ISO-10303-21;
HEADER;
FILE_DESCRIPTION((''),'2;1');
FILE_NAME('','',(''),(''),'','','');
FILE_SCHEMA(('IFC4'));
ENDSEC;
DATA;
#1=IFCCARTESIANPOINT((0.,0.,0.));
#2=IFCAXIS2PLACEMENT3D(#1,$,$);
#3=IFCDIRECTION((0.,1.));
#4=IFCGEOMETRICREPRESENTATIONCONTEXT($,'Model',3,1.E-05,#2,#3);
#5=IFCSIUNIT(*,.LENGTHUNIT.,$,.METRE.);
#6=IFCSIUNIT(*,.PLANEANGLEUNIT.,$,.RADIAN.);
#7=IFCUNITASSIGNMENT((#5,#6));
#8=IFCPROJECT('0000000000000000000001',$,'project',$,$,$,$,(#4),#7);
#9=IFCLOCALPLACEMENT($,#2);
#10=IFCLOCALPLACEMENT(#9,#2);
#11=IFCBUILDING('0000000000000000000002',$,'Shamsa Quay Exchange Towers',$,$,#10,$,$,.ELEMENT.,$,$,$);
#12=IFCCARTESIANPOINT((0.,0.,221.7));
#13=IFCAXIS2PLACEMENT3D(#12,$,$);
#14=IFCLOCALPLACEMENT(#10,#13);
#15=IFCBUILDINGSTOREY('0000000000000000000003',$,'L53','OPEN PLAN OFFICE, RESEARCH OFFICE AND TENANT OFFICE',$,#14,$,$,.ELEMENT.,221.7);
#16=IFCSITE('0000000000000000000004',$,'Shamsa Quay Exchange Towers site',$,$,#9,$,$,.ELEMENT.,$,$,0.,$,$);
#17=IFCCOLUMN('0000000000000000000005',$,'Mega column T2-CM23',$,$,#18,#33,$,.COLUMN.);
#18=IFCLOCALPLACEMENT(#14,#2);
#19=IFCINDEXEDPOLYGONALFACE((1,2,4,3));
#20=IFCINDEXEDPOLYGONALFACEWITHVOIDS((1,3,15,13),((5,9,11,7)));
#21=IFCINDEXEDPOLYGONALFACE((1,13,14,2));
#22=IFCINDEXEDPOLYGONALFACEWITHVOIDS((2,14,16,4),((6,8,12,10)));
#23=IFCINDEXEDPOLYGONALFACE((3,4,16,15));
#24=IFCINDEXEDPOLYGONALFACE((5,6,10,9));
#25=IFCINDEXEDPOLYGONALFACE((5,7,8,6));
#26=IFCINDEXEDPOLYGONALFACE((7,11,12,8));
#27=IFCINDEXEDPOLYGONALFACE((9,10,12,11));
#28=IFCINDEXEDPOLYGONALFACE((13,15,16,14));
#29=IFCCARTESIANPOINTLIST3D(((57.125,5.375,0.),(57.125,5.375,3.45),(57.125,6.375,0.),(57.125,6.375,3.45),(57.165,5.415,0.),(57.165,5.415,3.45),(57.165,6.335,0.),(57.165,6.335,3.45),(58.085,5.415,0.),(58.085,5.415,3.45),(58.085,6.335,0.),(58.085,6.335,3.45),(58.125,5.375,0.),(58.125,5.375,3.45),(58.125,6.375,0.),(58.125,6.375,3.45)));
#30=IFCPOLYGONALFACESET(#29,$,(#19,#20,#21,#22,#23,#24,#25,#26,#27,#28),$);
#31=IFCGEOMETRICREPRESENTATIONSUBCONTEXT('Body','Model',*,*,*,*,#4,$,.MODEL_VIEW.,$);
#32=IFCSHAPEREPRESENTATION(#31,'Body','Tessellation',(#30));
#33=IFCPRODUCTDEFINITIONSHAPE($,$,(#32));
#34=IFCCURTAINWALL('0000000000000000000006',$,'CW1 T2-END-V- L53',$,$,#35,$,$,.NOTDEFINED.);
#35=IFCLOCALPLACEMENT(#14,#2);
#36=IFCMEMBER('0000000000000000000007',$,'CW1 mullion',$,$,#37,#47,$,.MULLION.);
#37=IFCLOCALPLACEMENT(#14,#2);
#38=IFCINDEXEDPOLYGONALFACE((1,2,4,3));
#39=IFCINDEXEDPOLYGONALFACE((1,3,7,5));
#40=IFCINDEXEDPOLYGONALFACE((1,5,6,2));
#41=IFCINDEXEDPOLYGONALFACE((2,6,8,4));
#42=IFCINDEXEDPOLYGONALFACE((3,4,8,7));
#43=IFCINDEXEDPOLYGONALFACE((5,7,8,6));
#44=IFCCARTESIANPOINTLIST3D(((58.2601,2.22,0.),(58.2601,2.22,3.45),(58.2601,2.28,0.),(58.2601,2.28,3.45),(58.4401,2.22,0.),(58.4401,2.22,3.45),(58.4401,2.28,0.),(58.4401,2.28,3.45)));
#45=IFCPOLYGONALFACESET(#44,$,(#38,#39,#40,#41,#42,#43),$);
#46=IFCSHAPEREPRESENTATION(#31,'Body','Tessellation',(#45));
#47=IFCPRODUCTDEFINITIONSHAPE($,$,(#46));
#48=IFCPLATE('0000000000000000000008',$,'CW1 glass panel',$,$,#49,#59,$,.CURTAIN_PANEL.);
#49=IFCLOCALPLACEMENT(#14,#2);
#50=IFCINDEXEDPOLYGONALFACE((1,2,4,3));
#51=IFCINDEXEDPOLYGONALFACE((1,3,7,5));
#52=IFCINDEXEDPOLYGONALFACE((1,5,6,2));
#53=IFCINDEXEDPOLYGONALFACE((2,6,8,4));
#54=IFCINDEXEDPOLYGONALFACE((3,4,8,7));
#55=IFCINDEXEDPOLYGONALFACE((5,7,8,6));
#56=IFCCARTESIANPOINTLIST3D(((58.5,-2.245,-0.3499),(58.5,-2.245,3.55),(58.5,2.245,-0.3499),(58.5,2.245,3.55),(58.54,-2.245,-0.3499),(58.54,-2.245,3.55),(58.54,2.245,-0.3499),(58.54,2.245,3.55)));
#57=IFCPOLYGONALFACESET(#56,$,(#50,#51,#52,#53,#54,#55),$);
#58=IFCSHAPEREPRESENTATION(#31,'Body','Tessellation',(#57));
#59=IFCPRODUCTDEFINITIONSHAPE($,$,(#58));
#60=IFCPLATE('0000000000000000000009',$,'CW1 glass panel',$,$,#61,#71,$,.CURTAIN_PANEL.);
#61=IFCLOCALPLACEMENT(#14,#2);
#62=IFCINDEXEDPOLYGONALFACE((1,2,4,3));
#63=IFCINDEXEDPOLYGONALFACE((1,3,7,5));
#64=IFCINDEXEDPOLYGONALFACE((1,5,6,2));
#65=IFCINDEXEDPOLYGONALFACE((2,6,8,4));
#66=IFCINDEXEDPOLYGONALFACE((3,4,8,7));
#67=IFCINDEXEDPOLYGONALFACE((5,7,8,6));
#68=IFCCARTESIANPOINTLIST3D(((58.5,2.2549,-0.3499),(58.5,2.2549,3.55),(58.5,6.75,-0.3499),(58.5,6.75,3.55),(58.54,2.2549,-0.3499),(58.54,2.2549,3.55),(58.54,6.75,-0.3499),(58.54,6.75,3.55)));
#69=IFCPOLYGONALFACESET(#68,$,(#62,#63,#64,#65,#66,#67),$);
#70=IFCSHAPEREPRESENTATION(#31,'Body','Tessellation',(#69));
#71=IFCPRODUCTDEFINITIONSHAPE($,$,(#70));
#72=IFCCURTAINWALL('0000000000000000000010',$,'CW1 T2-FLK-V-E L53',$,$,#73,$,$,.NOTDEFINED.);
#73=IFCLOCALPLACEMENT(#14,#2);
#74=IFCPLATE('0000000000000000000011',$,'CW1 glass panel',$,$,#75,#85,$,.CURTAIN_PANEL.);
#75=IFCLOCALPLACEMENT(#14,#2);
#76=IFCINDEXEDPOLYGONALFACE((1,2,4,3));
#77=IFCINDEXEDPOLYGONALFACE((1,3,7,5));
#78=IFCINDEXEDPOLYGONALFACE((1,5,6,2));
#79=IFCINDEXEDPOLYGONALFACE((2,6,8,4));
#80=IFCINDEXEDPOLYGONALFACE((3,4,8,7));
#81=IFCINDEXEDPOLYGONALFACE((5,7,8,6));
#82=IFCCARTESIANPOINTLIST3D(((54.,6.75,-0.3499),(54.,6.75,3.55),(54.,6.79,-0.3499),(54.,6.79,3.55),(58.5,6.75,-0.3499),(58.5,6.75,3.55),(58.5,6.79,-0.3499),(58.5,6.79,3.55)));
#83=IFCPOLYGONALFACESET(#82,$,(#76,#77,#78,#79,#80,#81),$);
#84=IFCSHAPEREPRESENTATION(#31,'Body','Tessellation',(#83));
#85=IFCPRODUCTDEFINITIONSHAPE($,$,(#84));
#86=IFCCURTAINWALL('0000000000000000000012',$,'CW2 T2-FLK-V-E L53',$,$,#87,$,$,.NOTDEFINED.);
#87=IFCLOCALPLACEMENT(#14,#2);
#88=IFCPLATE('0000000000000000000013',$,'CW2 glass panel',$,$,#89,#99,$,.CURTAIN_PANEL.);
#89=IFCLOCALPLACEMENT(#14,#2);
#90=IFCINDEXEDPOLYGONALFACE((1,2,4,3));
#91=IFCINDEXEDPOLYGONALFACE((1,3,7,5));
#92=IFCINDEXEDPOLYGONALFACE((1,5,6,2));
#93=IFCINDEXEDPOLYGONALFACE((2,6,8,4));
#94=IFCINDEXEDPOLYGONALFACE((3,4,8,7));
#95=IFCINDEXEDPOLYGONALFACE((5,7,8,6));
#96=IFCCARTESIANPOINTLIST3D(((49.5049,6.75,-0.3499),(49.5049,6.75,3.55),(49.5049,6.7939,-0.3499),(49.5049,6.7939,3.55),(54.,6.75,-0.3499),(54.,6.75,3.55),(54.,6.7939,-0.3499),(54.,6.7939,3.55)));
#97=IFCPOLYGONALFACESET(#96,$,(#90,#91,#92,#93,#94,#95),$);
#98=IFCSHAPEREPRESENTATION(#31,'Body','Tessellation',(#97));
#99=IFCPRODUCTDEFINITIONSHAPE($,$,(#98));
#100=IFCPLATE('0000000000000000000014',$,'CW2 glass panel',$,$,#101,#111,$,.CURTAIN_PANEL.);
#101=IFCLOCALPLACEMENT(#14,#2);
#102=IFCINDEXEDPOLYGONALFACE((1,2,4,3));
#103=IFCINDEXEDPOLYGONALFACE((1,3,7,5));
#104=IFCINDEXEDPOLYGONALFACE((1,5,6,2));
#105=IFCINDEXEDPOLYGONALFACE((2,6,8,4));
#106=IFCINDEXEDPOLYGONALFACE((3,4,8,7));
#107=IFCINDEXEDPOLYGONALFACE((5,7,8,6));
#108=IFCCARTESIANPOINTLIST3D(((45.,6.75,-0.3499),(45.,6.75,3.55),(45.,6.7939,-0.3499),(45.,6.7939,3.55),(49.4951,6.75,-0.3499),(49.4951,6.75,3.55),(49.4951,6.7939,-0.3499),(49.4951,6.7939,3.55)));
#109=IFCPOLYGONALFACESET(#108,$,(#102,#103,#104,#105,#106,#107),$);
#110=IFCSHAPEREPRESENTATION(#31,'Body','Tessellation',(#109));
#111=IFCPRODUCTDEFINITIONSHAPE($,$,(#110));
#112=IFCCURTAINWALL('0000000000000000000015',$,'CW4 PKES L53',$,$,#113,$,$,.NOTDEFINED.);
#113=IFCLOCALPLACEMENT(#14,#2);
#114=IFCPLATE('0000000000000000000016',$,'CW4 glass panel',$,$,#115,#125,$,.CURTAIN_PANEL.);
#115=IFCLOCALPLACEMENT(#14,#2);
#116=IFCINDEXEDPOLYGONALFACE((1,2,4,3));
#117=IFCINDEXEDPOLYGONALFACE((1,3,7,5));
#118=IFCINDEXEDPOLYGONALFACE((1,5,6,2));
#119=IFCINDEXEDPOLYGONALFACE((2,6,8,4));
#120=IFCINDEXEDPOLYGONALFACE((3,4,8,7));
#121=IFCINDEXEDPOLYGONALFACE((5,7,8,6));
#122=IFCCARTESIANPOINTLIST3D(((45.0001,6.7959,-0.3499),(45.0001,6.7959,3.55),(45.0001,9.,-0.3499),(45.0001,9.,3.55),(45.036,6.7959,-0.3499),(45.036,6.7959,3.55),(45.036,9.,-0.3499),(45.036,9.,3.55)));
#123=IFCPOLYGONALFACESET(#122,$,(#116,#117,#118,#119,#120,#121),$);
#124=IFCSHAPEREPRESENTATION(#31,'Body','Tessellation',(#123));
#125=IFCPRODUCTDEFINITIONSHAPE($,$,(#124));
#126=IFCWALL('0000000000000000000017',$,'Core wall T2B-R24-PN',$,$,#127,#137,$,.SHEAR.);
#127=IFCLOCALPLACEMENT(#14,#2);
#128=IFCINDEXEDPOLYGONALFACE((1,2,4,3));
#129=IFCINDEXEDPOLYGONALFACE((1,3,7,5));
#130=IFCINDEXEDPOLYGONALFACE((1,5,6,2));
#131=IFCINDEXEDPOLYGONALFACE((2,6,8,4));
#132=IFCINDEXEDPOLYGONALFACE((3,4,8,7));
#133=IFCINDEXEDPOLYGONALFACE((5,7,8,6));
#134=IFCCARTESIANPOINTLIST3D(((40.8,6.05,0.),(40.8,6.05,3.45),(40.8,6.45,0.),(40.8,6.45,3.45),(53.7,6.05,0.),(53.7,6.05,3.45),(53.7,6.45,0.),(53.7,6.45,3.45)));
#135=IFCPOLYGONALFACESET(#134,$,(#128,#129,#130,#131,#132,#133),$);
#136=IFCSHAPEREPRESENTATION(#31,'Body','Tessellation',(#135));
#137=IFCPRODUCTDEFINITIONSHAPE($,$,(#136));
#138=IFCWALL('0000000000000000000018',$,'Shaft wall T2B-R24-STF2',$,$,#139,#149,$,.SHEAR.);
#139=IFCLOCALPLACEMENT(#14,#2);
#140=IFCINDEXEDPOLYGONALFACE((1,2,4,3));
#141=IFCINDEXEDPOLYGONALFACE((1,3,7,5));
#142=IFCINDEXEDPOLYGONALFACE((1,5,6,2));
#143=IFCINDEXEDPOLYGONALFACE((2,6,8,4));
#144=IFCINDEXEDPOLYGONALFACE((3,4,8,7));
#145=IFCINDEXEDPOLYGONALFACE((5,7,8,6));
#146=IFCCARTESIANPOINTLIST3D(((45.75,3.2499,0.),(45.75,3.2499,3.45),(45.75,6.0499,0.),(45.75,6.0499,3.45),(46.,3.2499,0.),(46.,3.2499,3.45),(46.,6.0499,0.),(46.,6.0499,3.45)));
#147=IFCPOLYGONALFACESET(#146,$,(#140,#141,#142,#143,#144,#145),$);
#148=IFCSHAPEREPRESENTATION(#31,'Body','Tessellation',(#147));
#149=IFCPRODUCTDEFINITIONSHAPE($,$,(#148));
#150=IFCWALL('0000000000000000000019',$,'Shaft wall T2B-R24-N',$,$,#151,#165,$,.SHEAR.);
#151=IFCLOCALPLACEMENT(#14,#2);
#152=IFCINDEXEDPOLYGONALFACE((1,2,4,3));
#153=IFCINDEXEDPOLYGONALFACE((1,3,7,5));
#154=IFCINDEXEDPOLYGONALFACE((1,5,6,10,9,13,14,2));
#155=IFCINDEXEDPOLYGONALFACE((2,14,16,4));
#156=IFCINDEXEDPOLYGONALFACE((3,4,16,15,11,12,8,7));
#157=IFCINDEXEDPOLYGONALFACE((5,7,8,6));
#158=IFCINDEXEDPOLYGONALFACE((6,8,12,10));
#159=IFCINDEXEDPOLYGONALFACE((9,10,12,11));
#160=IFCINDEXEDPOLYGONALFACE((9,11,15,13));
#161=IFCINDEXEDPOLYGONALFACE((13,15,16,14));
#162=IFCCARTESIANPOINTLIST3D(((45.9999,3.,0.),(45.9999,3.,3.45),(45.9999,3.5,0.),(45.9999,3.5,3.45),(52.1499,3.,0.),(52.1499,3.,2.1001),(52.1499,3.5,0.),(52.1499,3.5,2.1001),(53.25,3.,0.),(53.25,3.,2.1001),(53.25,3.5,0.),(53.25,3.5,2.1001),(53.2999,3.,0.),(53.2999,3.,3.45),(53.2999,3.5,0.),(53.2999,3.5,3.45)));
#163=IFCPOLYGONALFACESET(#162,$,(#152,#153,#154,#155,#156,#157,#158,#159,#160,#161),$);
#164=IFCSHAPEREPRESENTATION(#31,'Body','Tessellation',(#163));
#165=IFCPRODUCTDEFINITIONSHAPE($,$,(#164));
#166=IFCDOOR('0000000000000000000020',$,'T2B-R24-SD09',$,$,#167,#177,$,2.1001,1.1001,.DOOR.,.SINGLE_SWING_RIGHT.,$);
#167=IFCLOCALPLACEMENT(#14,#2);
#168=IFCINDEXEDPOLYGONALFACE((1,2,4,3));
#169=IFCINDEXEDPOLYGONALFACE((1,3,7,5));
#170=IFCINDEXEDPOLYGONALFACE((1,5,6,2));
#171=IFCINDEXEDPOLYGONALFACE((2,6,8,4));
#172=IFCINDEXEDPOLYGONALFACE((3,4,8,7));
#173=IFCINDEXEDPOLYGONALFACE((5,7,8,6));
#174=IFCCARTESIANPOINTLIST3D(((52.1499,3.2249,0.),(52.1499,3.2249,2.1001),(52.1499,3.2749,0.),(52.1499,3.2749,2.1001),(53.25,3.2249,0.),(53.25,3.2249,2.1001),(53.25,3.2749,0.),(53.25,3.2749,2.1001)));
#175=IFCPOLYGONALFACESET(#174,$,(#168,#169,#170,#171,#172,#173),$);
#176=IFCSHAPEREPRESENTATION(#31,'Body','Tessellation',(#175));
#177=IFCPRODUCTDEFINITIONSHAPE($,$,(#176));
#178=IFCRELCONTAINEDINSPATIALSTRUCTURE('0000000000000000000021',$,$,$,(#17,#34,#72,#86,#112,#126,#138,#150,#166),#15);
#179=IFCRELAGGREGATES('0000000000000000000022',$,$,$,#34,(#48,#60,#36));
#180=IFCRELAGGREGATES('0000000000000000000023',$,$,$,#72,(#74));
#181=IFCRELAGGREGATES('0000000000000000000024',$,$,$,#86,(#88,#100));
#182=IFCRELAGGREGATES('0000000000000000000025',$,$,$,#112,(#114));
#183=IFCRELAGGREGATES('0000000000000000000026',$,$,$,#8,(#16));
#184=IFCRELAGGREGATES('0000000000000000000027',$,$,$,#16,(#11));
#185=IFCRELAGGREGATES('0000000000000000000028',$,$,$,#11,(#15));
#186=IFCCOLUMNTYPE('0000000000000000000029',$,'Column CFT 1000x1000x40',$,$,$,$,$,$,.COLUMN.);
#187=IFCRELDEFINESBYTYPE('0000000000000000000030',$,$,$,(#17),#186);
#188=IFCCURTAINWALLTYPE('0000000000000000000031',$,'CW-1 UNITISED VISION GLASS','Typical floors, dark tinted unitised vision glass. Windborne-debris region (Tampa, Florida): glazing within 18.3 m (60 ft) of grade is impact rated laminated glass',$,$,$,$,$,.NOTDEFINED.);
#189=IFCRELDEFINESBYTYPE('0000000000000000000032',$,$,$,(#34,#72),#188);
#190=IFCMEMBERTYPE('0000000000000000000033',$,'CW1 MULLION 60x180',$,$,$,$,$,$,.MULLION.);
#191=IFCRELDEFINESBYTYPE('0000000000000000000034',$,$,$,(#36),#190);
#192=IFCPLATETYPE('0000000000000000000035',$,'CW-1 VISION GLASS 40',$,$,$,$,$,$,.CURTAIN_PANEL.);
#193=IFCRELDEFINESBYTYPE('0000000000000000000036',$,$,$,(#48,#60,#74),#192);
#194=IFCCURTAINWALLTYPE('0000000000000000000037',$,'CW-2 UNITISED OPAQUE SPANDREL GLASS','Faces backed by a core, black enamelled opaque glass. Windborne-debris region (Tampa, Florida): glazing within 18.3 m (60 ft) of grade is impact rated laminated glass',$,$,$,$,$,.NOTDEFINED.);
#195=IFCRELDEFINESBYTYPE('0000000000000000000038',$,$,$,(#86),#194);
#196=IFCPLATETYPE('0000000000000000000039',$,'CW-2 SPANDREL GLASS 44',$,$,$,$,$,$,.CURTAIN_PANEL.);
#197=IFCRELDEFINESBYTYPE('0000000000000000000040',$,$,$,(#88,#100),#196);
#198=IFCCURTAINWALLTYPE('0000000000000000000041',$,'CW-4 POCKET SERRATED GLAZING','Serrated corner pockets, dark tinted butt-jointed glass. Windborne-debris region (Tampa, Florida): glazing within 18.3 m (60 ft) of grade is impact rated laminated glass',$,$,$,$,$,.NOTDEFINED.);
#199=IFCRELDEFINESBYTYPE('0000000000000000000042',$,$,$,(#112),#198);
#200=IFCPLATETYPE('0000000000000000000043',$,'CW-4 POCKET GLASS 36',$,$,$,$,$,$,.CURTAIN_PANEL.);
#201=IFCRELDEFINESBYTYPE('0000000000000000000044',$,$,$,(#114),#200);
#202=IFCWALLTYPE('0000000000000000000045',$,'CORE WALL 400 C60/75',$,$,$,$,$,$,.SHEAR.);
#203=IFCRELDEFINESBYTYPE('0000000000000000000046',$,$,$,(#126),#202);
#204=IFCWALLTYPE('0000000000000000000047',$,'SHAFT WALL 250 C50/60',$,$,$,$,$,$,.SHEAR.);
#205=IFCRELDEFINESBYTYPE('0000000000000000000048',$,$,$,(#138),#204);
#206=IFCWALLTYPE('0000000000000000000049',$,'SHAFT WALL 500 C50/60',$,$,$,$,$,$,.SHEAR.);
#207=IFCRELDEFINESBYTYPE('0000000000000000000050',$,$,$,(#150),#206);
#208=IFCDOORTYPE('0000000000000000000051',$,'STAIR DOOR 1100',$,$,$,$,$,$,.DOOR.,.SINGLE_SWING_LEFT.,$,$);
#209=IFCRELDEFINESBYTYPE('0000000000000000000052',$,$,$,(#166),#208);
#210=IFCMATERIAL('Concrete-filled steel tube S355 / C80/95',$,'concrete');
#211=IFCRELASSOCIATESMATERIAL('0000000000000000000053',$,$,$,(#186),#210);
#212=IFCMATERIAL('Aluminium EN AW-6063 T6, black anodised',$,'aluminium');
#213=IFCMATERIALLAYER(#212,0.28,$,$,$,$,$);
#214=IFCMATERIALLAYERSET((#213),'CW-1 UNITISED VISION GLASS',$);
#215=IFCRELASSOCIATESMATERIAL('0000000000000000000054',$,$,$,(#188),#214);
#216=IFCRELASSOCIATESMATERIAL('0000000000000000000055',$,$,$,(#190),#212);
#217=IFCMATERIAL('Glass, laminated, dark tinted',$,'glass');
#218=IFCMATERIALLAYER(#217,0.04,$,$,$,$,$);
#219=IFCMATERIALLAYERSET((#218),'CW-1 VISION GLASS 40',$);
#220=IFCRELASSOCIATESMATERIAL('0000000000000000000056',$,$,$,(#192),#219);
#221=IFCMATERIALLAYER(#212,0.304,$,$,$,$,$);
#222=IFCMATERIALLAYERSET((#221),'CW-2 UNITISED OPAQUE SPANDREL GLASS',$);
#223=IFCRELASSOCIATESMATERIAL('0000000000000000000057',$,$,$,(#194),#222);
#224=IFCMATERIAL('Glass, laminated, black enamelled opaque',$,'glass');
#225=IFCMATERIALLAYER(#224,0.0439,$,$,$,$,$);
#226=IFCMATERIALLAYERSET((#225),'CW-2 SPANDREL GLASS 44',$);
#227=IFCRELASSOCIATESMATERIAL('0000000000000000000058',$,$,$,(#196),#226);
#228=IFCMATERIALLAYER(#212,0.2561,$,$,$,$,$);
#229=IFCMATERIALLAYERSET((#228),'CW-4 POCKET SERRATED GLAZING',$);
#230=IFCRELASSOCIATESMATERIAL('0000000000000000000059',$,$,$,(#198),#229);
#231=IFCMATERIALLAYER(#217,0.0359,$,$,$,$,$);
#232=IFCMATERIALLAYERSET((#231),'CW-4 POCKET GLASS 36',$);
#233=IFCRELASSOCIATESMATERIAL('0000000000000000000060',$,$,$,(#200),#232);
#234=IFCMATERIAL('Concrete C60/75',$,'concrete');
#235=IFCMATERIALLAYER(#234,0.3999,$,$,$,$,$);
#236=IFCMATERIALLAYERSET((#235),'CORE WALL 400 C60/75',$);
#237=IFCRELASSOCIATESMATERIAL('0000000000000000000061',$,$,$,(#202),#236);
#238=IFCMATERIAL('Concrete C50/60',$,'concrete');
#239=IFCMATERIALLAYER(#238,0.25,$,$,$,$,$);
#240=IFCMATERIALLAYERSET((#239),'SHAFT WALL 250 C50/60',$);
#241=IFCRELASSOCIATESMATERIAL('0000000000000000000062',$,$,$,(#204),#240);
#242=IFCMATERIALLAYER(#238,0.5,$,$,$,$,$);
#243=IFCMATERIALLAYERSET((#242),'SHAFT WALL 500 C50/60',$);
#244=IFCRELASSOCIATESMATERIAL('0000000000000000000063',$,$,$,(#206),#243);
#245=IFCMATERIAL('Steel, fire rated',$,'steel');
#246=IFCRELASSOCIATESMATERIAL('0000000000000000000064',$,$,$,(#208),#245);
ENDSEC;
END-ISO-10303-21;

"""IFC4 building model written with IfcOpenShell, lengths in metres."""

from ifc_helpers import new_model, si_unit, direction, frame, frame_2d, origin, origin_2d, place, context, subcontext, project, spatial, rectangle, hollow_rectangle, extrude, material, layer, layer_set, material_profile, profile_set, type_object, element, fill, aggregate, save


model = new_model("IFC4")

# Units and contexts
model_context = context("Model", 3, precision=1e-05, world=origin(), true_north=direction((0.0, 1.0)))
body_context = subcontext(model_context, "Body", "Model", "MODEL_VIEW")
ifc_project = project(units=[si_unit("LENGTHUNIT", "METRE"), si_unit("PLANEANGLEUNIT", "RADIAN")], contexts=[model_context])

# Site, building, storey
site_placement = place(None, origin())
site = spatial("IfcSite", under=ifc_project, at=site_placement, Name="Shamsa Quay Exchange Towers site", CompositionType="ELEMENT", RefElevation=0.0)
building_placement = place(site_placement, origin())
building = spatial("IfcBuilding", under=site, at=building_placement, Name="Shamsa Quay Exchange Towers", CompositionType="ELEMENT")
storey_placement = place(building_placement, frame((0.0, 0.0, 221.7)))
storey = spatial("IfcBuildingStorey", under=building, at=storey_placement, Name="L53", Description="OPEN PLAN OFFICE, RESEARCH OFFICE AND TENANT OFFICE", CompositionType="ELEMENT", Elevation=221.7)

# Column
ifc_material_1 = material(Name="Concrete-filled steel tube S355 / C80/95", Category="concrete")
ifc_material_profile_1 = material_profile(ifc_material_1, hollow_rectangle(XDim=1.0, YDim=1.0, WallThickness=0.04, at=origin_2d()), Name="CFT 1000x1000x40")
ifc_profile_set_1 = profile_set([ifc_material_profile_1], Name="Concrete-filled steel tube S355 / C80/95")
column_type = type_object("IfcColumnType", Name="Column CFT 1000x1000x40", PredefinedType="COLUMN", material=ifc_profile_set_1)
column_placement = place(storey_placement, frame((57.625, 5.875, 0.0)))
element("IfcColumn", 1, at=column_placement, inside=storey, type_object=column_type, Name="Mega column T2-CM23", PredefinedType="COLUMN", context=body_context, shape_type="SweptSolid", body=[
    extrude(hollow_rectangle(XDim=1.0, YDim=1.0, WallThickness=0.04, at=origin_2d()), origin(), (0.0, 0.0, 1.0), 3.45),
])

# Curtain wall, member, plates
ifc_material_2 = material(Name="Aluminium EN AW-6063 T6, black anodised", Category="aluminium")
ifc_layer_1 = layer(ifc_material_2, 0.28)
ifc_layer_set_1 = layer_set([ifc_layer_1], Name="CW-1 UNITISED VISION GLASS")
curtain_wall_type_1 = type_object("IfcCurtainWallType", Name="CW-1 UNITISED VISION GLASS", Description="Typical floors, dark tinted unitised vision glass. Windborne-debris region (Tampa, Florida): glazing within 18.3 m (60 ft) of grade is impact rated laminated glass", PredefinedType="NOTDEFINED", material=ifc_layer_set_1)
curtain_wall_1_placement = place(storey_placement, origin())
curtain_wall_1 = element("IfcCurtainWall", 2, at=curtain_wall_1_placement, inside=storey, type_object=curtain_wall_type_1, Name="CW1 T2-END-V- L53", PredefinedType="NOTDEFINED")
ifc_material_profile_2 = material_profile(ifc_material_2, rectangle(XDim=0.1799, YDim=0.0601, at=origin_2d()), Name="MU60x180")
ifc_profile_set_2 = profile_set([ifc_material_profile_2], Name="Aluminium EN AW-6063 T6, black anodised")
member_type = type_object("IfcMemberType", Name="CW1 MULLION 60x180", PredefinedType="MULLION", material=ifc_profile_set_2)
member_placement = place(storey_placement, frame((58.3501, 2.25, 0.0), z_axis=(0.0, 0.0, 1.0), x_axis=(-1.0, 0.0, 0.0)))
member = element("IfcMember", 3, at=member_placement, type_object=member_type, Name="CW1 mullion", PredefinedType="MULLION", context=body_context, shape_type="SweptSolid", body=[
    extrude(rectangle(XDim=0.1799, YDim=0.0601, at=origin_2d()), origin(), (0.0, 0.0, 1.0), 3.45),
])
ifc_material_3 = material(Name="Glass, laminated, dark tinted", Category="glass")
ifc_layer_2 = layer(ifc_material_3, 0.04)
ifc_layer_set_2 = layer_set([ifc_layer_2], Name="CW-1 VISION GLASS 40")
plate_type_1 = type_object("IfcPlateType", Name="CW-1 VISION GLASS 40", PredefinedType="CURTAIN_PANEL", material=ifc_layer_set_2)
plate_1_placement = place(storey_placement, frame((58.52, 0.0, -0.3499), z_axis=(0.0, 0.0, 1.0), x_axis=(0.0, 1.0, 0.0)))
plate_1 = element("IfcPlate", 4, at=plate_1_placement, type_object=plate_type_1, Name="CW1 glass panel", PredefinedType="CURTAIN_PANEL", context=body_context, shape_type="SweptSolid", body=[
    extrude(rectangle(XDim=4.49, YDim=0.04, at=origin_2d()), origin(), (0.0, 0.0, 1.0), 3.8999),
])
plate_2_placement = place(storey_placement, frame((58.52, 4.5024, -0.3499), z_axis=(0.0, 0.0, 1.0), x_axis=(0.0, 1.0, 0.0)))
plate_2 = element("IfcPlate", 5, at=plate_2_placement, type_object=plate_type_1, Name="CW1 glass panel", PredefinedType="CURTAIN_PANEL", context=body_context, shape_type="SweptSolid", body=[
    extrude(rectangle(XDim=4.4951, YDim=0.04, at=origin_2d()), origin(), (0.0, 0.0, 1.0), 3.8999),
])
aggregate(curtain_wall_1, [plate_1, plate_2, member])

# Curtain wall, plate
curtain_wall_2_placement = place(storey_placement, origin())
curtain_wall_2 = element("IfcCurtainWall", 6, at=curtain_wall_2_placement, inside=storey, type_object=curtain_wall_type_1, Name="CW1 T2-FLK-V-E L53", PredefinedType="NOTDEFINED")
plate_3_placement = place(storey_placement, frame((56.25, 6.77, -0.3499), z_axis=(0.0, 0.0, 1.0), x_axis=(-1.0, 0.0, 0.0)))
plate_3 = element("IfcPlate", 7, at=plate_3_placement, type_object=plate_type_1, Name="CW1 glass panel", PredefinedType="CURTAIN_PANEL", context=body_context, shape_type="SweptSolid", body=[
    extrude(rectangle(XDim=4.5, YDim=0.04, at=origin_2d()), origin(), (0.0, 0.0, 1.0), 3.8999),
])
aggregate(curtain_wall_2, [plate_3])

# Curtain wall, plates
ifc_layer_3 = layer(ifc_material_2, 0.304)
ifc_layer_set_3 = layer_set([ifc_layer_3], Name="CW-2 UNITISED OPAQUE SPANDREL GLASS")
curtain_wall_type_2 = type_object("IfcCurtainWallType", Name="CW-2 UNITISED OPAQUE SPANDREL GLASS", Description="Faces backed by a core, black enamelled opaque glass. Windborne-debris region (Tampa, Florida): glazing within 18.3 m (60 ft) of grade is impact rated laminated glass", PredefinedType="NOTDEFINED", material=ifc_layer_set_3)
curtain_wall_3_placement = place(storey_placement, origin())
curtain_wall_3 = element("IfcCurtainWall", 8, at=curtain_wall_3_placement, inside=storey, type_object=curtain_wall_type_2, Name="CW2 T2-FLK-V-E L53", PredefinedType="NOTDEFINED")
ifc_material_4 = material(Name="Glass, laminated, black enamelled opaque", Category="glass")
ifc_layer_4 = layer(ifc_material_4, 0.0439)
ifc_layer_set_4 = layer_set([ifc_layer_4], Name="CW-2 SPANDREL GLASS 44")
plate_type_2 = type_object("IfcPlateType", Name="CW-2 SPANDREL GLASS 44", PredefinedType="CURTAIN_PANEL", material=ifc_layer_set_4)
plate_4_placement = place(storey_placement, frame((51.7524, 6.772, -0.3499), z_axis=(0.0, 0.0, 1.0), x_axis=(-1.0, 0.0, 0.0)))
plate_4 = element("IfcPlate", 9, at=plate_4_placement, type_object=plate_type_2, Name="CW2 glass panel", PredefinedType="CURTAIN_PANEL", context=body_context, shape_type="SweptSolid", body=[
    extrude(rectangle(XDim=4.4951, YDim=0.0439, at=origin_2d()), origin(), (0.0, 0.0, 1.0), 3.8999),
])
plate_5_placement = place(storey_placement, frame((47.2476, 6.772, -0.3499), z_axis=(0.0, 0.0, 1.0), x_axis=(-1.0, 0.0, 0.0)))
plate_5 = element("IfcPlate", 10, at=plate_5_placement, type_object=plate_type_2, Name="CW2 glass panel", PredefinedType="CURTAIN_PANEL", context=body_context, shape_type="SweptSolid", body=[
    extrude(rectangle(XDim=4.4951, YDim=0.0439, at=origin_2d()), origin(), (0.0, 0.0, 1.0), 3.8999),
])
aggregate(curtain_wall_3, [plate_4, plate_5])

# Curtain wall, plate
ifc_layer_5 = layer(ifc_material_2, 0.2561)
ifc_layer_set_5 = layer_set([ifc_layer_5], Name="CW-4 POCKET SERRATED GLAZING")
curtain_wall_type_3 = type_object("IfcCurtainWallType", Name="CW-4 POCKET SERRATED GLAZING", Description="Serrated corner pockets, dark tinted butt-jointed glass. Windborne-debris region (Tampa, Florida): glazing within 18.3 m (60 ft) of grade is impact rated laminated glass", PredefinedType="NOTDEFINED", material=ifc_layer_set_5)
curtain_wall_4_placement = place(storey_placement, origin())
curtain_wall_4 = element("IfcCurtainWall", 11, at=curtain_wall_4_placement, inside=storey, type_object=curtain_wall_type_3, Name="CW4 PKES L53", PredefinedType="NOTDEFINED")
ifc_layer_6 = layer(ifc_material_3, 0.0359)
ifc_layer_set_6 = layer_set([ifc_layer_6], Name="CW-4 POCKET GLASS 36")
plate_type_3 = type_object("IfcPlateType", Name="CW-4 POCKET GLASS 36", PredefinedType="CURTAIN_PANEL", material=ifc_layer_set_6)
plate_6_placement = place(storey_placement, frame((45.0181, 7.8979, -0.3499), z_axis=(0.0, 0.0, 1.0), x_axis=(0.0, 1.0, 0.0)))
plate_6 = element("IfcPlate", 12, at=plate_6_placement, type_object=plate_type_3, Name="CW4 glass panel", PredefinedType="CURTAIN_PANEL", context=body_context, shape_type="SweptSolid", body=[
    extrude(rectangle(XDim=2.2041, YDim=0.0359, at=origin_2d()), origin(), (0.0, 0.0, 1.0), 3.8999),
])
aggregate(curtain_wall_4, [plate_6])

# Walls
ifc_material_5 = material(Name="Concrete C60/75", Category="concrete")
ifc_layer_7 = layer(ifc_material_5, 0.3999)
ifc_layer_set_7 = layer_set([ifc_layer_7], Name="CORE WALL 400 C60/75")
wall_type_1 = type_object("IfcWallType", Name="CORE WALL 400 C60/75", PredefinedType="SHEAR", material=ifc_layer_set_7)
wall_1_placement = place(storey_placement, frame((53.7, 6.25, 0.0), z_axis=(0.0, 0.0, 1.0), x_axis=(-1.0, 0.0, 0.0)))
element("IfcWall", 13, at=wall_1_placement, inside=storey, type_object=wall_type_1, Name="Core wall T2B-R24-PN", PredefinedType="SHEAR", context=body_context, shape_type="SweptSolid", body=[
    extrude(rectangle(XDim=12.8999, YDim=0.3999, at=frame_2d((6.45, 0.0))), origin(), (0.0, 0.0, 1.0), 3.45),
])
ifc_material_6 = material(Name="Concrete C50/60", Category="concrete")
ifc_layer_8 = layer(ifc_material_6, 0.25)
ifc_layer_set_8 = layer_set([ifc_layer_8], Name="SHAFT WALL 250 C50/60")
wall_type_2 = type_object("IfcWallType", Name="SHAFT WALL 250 C50/60", PredefinedType="SHEAR", material=ifc_layer_set_8)
wall_2_placement = place(storey_placement, frame((45.875, 3.25, 0.0), z_axis=(0.0, 0.0, 1.0), x_axis=(0.0, 1.0, 0.0)))
element("IfcWall", 14, at=wall_2_placement, inside=storey, type_object=wall_type_2, Name="Shaft wall T2B-R24-STF2", PredefinedType="SHEAR", context=body_context, shape_type="SweptSolid", body=[
    extrude(rectangle(XDim=2.8, YDim=0.25, at=frame_2d((1.3999, 0.0))), origin(), (0.0, 0.0, 1.0), 3.45),
])

# Wall, opening, door
ifc_layer_9 = layer(ifc_material_6, 0.5)
ifc_layer_set_9 = layer_set([ifc_layer_9], Name="SHAFT WALL 500 C50/60")
wall_type_3 = type_object("IfcWallType", Name="SHAFT WALL 500 C50/60", PredefinedType="SHEAR", material=ifc_layer_set_9)
wall_3_placement = place(storey_placement, frame((46.0, 3.25, 0.0)))
wall_3 = element("IfcWall", 15, at=wall_3_placement, inside=storey, type_object=wall_type_3, Name="Shaft wall T2B-R24-N", PredefinedType="SHEAR", context=body_context, shape_type="SweptSolid", body=[
    extrude(rectangle(XDim=7.3, YDim=0.5, at=frame_2d((3.6499, 0.0))), origin(), (0.0, 0.0, 1.0), 3.45),
])
opening_placement = place(wall_3_placement, frame((6.1499, 0.0, 0.0)))
opening = element("IfcOpeningElement", 16, at=opening_placement, cuts=wall_3, PredefinedType="OPENING", context=body_context, shape_type="SweptSolid", body=[
    extrude(rectangle(XDim=1.1001, YDim=2.1001, at=frame_2d((0.55, 1.05))), frame((0.0, 0.26, 0.0), z_axis=(0.0, -1.0, 0.0), x_axis=(1.0, 0.0, 0.0)), (0.0, 0.0, 1.0), 0.52),
])
ifc_material_7 = material(Name="Steel, fire rated", Category="steel")
door_type = type_object("IfcDoorType", Name="STAIR DOOR 1100", OperationType="SINGLE_SWING_LEFT", PredefinedType="DOOR", material=ifc_material_7)
door_placement = place(opening_placement, origin())
door = element("IfcDoor", 17, at=door_placement, inside=storey, type_object=door_type, Name="T2B-R24-SD09", OperationType="SINGLE_SWING_RIGHT", OverallHeight=2.1001, OverallWidth=1.1001, PredefinedType="DOOR", context=body_context, shape_type="SweptSolid", body=[
    extrude(rectangle(XDim=1.1001, YDim=2.1001, at=frame_2d((0.55, 1.05))), frame((0.0, 0.0249, 0.0), z_axis=(0.0, -1.0, 0.0), x_axis=(1.0, 0.0, 0.0)), (0.0, 0.0, 1.0), 0.05),
])
fill(opening, door)

save(model, "model.ifc")
